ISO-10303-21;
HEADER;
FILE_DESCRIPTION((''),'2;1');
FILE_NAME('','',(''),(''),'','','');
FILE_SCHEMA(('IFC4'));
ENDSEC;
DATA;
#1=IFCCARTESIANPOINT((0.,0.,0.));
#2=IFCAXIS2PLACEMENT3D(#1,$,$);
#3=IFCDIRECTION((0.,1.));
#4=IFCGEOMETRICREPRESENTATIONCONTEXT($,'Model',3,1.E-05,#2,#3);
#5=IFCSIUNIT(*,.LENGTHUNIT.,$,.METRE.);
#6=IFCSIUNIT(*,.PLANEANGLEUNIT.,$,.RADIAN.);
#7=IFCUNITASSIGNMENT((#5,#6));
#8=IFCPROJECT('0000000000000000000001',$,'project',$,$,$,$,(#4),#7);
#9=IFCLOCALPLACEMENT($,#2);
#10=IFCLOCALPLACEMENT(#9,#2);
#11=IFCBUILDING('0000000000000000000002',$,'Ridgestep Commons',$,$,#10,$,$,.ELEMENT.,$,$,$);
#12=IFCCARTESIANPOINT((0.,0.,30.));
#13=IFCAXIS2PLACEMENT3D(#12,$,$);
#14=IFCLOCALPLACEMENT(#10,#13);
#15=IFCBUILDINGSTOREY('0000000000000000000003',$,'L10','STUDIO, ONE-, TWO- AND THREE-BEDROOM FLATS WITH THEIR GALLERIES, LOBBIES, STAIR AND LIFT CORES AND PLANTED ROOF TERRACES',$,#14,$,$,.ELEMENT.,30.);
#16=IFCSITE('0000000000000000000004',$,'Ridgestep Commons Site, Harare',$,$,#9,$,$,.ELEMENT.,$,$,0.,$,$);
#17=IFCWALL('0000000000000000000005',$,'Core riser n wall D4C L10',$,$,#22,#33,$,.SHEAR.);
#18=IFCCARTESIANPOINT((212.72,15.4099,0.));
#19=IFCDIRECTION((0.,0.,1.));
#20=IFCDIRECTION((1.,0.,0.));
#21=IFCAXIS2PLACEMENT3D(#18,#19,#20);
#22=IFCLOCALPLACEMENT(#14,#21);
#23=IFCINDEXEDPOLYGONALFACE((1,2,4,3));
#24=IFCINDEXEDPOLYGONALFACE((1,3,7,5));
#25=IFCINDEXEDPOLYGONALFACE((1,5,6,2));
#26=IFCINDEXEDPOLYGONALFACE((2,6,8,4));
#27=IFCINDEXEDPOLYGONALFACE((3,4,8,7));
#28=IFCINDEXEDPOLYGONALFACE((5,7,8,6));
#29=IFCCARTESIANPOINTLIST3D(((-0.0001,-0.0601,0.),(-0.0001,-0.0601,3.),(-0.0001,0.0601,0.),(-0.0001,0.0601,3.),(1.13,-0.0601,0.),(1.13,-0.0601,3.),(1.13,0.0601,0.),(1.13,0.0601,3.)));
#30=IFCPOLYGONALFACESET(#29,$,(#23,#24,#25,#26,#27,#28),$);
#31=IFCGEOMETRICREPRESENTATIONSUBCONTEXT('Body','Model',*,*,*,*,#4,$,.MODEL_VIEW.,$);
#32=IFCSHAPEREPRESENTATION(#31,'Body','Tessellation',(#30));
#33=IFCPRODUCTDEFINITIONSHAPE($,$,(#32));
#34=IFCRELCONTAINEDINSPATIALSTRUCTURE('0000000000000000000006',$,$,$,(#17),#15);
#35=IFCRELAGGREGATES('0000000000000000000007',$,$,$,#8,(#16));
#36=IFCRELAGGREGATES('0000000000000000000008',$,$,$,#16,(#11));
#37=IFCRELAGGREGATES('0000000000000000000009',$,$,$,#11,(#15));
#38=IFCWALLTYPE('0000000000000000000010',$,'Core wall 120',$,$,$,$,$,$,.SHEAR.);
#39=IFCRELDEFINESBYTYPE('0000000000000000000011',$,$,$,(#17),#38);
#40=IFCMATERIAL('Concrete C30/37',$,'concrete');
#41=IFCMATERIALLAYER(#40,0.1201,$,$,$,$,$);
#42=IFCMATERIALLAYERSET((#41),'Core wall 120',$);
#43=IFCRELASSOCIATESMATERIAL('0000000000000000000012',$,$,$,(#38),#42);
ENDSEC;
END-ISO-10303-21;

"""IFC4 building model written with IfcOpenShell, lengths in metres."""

from ifc_helpers import new_model, si_unit, direction, frame, frame_2d, origin, place, context, subcontext, project, spatial, rectangle, extrude, material, layer, layer_set, type_object, element, save


model = new_model("IFC4")

# Units and contexts
model_context = context("Model", 3, precision=1e-05, world=origin(), true_north=direction((0.0, 1.0)))
body_context = subcontext(model_context, "Body", "Model", "MODEL_VIEW")
ifc_project = project(units=[si_unit("LENGTHUNIT", "METRE"), si_unit("PLANEANGLEUNIT", "RADIAN")], contexts=[model_context])

# Site, building, storey
site_placement = place(None, origin())
site = spatial("IfcSite", under=ifc_project, at=site_placement, Name="Ridgestep Commons Site, Harare", CompositionType="ELEMENT", RefElevation=0.0)
building_placement = place(site_placement, origin())
building = spatial("IfcBuilding", under=site, at=building_placement, Name="Ridgestep Commons", CompositionType="ELEMENT")
storey_placement = place(building_placement, frame((0.0, 0.0, 30.0)))
storey = spatial("IfcBuildingStorey", under=building, at=storey_placement, Name="L10", Description="STUDIO, ONE-, TWO- AND THREE-BEDROOM FLATS WITH THEIR GALLERIES, LOBBIES, STAIR AND LIFT CORES AND PLANTED ROOF TERRACES", CompositionType="ELEMENT", Elevation=30.0)

# Shared definitions
ifc_material_1 = material(Name="Concrete C30/37", Category="concrete")
ifc_layer_1 = layer(ifc_material_1, 0.1201)
ifc_layer_set_1 = layer_set([ifc_layer_1], Name="Core wall 120")
wall_type_1 = type_object("IfcWallType", Name="Core wall 120", PredefinedType="SHEAR", material=ifc_layer_set_1)

# Wall
wall_1_placement = place(storey_placement, frame((212.72, 15.4099, 0.0), z_axis=(0.0, 0.0, 1.0), x_axis=(1.0, 0.0, 0.0)))
element("IfcWall", 1, at=wall_1_placement, inside=storey, type_object=wall_type_1, Name="Core riser n wall D4C L10", PredefinedType="SHEAR", context=body_context, shape_type="SweptSolid", body=[
    extrude(rectangle(XDim=1.1301, YDim=0.1201, at=frame_2d((0.5649, 0.0))), origin(), (0.0, 0.0, 1.0), 3.0),
])

save(model, "model.ifc")
